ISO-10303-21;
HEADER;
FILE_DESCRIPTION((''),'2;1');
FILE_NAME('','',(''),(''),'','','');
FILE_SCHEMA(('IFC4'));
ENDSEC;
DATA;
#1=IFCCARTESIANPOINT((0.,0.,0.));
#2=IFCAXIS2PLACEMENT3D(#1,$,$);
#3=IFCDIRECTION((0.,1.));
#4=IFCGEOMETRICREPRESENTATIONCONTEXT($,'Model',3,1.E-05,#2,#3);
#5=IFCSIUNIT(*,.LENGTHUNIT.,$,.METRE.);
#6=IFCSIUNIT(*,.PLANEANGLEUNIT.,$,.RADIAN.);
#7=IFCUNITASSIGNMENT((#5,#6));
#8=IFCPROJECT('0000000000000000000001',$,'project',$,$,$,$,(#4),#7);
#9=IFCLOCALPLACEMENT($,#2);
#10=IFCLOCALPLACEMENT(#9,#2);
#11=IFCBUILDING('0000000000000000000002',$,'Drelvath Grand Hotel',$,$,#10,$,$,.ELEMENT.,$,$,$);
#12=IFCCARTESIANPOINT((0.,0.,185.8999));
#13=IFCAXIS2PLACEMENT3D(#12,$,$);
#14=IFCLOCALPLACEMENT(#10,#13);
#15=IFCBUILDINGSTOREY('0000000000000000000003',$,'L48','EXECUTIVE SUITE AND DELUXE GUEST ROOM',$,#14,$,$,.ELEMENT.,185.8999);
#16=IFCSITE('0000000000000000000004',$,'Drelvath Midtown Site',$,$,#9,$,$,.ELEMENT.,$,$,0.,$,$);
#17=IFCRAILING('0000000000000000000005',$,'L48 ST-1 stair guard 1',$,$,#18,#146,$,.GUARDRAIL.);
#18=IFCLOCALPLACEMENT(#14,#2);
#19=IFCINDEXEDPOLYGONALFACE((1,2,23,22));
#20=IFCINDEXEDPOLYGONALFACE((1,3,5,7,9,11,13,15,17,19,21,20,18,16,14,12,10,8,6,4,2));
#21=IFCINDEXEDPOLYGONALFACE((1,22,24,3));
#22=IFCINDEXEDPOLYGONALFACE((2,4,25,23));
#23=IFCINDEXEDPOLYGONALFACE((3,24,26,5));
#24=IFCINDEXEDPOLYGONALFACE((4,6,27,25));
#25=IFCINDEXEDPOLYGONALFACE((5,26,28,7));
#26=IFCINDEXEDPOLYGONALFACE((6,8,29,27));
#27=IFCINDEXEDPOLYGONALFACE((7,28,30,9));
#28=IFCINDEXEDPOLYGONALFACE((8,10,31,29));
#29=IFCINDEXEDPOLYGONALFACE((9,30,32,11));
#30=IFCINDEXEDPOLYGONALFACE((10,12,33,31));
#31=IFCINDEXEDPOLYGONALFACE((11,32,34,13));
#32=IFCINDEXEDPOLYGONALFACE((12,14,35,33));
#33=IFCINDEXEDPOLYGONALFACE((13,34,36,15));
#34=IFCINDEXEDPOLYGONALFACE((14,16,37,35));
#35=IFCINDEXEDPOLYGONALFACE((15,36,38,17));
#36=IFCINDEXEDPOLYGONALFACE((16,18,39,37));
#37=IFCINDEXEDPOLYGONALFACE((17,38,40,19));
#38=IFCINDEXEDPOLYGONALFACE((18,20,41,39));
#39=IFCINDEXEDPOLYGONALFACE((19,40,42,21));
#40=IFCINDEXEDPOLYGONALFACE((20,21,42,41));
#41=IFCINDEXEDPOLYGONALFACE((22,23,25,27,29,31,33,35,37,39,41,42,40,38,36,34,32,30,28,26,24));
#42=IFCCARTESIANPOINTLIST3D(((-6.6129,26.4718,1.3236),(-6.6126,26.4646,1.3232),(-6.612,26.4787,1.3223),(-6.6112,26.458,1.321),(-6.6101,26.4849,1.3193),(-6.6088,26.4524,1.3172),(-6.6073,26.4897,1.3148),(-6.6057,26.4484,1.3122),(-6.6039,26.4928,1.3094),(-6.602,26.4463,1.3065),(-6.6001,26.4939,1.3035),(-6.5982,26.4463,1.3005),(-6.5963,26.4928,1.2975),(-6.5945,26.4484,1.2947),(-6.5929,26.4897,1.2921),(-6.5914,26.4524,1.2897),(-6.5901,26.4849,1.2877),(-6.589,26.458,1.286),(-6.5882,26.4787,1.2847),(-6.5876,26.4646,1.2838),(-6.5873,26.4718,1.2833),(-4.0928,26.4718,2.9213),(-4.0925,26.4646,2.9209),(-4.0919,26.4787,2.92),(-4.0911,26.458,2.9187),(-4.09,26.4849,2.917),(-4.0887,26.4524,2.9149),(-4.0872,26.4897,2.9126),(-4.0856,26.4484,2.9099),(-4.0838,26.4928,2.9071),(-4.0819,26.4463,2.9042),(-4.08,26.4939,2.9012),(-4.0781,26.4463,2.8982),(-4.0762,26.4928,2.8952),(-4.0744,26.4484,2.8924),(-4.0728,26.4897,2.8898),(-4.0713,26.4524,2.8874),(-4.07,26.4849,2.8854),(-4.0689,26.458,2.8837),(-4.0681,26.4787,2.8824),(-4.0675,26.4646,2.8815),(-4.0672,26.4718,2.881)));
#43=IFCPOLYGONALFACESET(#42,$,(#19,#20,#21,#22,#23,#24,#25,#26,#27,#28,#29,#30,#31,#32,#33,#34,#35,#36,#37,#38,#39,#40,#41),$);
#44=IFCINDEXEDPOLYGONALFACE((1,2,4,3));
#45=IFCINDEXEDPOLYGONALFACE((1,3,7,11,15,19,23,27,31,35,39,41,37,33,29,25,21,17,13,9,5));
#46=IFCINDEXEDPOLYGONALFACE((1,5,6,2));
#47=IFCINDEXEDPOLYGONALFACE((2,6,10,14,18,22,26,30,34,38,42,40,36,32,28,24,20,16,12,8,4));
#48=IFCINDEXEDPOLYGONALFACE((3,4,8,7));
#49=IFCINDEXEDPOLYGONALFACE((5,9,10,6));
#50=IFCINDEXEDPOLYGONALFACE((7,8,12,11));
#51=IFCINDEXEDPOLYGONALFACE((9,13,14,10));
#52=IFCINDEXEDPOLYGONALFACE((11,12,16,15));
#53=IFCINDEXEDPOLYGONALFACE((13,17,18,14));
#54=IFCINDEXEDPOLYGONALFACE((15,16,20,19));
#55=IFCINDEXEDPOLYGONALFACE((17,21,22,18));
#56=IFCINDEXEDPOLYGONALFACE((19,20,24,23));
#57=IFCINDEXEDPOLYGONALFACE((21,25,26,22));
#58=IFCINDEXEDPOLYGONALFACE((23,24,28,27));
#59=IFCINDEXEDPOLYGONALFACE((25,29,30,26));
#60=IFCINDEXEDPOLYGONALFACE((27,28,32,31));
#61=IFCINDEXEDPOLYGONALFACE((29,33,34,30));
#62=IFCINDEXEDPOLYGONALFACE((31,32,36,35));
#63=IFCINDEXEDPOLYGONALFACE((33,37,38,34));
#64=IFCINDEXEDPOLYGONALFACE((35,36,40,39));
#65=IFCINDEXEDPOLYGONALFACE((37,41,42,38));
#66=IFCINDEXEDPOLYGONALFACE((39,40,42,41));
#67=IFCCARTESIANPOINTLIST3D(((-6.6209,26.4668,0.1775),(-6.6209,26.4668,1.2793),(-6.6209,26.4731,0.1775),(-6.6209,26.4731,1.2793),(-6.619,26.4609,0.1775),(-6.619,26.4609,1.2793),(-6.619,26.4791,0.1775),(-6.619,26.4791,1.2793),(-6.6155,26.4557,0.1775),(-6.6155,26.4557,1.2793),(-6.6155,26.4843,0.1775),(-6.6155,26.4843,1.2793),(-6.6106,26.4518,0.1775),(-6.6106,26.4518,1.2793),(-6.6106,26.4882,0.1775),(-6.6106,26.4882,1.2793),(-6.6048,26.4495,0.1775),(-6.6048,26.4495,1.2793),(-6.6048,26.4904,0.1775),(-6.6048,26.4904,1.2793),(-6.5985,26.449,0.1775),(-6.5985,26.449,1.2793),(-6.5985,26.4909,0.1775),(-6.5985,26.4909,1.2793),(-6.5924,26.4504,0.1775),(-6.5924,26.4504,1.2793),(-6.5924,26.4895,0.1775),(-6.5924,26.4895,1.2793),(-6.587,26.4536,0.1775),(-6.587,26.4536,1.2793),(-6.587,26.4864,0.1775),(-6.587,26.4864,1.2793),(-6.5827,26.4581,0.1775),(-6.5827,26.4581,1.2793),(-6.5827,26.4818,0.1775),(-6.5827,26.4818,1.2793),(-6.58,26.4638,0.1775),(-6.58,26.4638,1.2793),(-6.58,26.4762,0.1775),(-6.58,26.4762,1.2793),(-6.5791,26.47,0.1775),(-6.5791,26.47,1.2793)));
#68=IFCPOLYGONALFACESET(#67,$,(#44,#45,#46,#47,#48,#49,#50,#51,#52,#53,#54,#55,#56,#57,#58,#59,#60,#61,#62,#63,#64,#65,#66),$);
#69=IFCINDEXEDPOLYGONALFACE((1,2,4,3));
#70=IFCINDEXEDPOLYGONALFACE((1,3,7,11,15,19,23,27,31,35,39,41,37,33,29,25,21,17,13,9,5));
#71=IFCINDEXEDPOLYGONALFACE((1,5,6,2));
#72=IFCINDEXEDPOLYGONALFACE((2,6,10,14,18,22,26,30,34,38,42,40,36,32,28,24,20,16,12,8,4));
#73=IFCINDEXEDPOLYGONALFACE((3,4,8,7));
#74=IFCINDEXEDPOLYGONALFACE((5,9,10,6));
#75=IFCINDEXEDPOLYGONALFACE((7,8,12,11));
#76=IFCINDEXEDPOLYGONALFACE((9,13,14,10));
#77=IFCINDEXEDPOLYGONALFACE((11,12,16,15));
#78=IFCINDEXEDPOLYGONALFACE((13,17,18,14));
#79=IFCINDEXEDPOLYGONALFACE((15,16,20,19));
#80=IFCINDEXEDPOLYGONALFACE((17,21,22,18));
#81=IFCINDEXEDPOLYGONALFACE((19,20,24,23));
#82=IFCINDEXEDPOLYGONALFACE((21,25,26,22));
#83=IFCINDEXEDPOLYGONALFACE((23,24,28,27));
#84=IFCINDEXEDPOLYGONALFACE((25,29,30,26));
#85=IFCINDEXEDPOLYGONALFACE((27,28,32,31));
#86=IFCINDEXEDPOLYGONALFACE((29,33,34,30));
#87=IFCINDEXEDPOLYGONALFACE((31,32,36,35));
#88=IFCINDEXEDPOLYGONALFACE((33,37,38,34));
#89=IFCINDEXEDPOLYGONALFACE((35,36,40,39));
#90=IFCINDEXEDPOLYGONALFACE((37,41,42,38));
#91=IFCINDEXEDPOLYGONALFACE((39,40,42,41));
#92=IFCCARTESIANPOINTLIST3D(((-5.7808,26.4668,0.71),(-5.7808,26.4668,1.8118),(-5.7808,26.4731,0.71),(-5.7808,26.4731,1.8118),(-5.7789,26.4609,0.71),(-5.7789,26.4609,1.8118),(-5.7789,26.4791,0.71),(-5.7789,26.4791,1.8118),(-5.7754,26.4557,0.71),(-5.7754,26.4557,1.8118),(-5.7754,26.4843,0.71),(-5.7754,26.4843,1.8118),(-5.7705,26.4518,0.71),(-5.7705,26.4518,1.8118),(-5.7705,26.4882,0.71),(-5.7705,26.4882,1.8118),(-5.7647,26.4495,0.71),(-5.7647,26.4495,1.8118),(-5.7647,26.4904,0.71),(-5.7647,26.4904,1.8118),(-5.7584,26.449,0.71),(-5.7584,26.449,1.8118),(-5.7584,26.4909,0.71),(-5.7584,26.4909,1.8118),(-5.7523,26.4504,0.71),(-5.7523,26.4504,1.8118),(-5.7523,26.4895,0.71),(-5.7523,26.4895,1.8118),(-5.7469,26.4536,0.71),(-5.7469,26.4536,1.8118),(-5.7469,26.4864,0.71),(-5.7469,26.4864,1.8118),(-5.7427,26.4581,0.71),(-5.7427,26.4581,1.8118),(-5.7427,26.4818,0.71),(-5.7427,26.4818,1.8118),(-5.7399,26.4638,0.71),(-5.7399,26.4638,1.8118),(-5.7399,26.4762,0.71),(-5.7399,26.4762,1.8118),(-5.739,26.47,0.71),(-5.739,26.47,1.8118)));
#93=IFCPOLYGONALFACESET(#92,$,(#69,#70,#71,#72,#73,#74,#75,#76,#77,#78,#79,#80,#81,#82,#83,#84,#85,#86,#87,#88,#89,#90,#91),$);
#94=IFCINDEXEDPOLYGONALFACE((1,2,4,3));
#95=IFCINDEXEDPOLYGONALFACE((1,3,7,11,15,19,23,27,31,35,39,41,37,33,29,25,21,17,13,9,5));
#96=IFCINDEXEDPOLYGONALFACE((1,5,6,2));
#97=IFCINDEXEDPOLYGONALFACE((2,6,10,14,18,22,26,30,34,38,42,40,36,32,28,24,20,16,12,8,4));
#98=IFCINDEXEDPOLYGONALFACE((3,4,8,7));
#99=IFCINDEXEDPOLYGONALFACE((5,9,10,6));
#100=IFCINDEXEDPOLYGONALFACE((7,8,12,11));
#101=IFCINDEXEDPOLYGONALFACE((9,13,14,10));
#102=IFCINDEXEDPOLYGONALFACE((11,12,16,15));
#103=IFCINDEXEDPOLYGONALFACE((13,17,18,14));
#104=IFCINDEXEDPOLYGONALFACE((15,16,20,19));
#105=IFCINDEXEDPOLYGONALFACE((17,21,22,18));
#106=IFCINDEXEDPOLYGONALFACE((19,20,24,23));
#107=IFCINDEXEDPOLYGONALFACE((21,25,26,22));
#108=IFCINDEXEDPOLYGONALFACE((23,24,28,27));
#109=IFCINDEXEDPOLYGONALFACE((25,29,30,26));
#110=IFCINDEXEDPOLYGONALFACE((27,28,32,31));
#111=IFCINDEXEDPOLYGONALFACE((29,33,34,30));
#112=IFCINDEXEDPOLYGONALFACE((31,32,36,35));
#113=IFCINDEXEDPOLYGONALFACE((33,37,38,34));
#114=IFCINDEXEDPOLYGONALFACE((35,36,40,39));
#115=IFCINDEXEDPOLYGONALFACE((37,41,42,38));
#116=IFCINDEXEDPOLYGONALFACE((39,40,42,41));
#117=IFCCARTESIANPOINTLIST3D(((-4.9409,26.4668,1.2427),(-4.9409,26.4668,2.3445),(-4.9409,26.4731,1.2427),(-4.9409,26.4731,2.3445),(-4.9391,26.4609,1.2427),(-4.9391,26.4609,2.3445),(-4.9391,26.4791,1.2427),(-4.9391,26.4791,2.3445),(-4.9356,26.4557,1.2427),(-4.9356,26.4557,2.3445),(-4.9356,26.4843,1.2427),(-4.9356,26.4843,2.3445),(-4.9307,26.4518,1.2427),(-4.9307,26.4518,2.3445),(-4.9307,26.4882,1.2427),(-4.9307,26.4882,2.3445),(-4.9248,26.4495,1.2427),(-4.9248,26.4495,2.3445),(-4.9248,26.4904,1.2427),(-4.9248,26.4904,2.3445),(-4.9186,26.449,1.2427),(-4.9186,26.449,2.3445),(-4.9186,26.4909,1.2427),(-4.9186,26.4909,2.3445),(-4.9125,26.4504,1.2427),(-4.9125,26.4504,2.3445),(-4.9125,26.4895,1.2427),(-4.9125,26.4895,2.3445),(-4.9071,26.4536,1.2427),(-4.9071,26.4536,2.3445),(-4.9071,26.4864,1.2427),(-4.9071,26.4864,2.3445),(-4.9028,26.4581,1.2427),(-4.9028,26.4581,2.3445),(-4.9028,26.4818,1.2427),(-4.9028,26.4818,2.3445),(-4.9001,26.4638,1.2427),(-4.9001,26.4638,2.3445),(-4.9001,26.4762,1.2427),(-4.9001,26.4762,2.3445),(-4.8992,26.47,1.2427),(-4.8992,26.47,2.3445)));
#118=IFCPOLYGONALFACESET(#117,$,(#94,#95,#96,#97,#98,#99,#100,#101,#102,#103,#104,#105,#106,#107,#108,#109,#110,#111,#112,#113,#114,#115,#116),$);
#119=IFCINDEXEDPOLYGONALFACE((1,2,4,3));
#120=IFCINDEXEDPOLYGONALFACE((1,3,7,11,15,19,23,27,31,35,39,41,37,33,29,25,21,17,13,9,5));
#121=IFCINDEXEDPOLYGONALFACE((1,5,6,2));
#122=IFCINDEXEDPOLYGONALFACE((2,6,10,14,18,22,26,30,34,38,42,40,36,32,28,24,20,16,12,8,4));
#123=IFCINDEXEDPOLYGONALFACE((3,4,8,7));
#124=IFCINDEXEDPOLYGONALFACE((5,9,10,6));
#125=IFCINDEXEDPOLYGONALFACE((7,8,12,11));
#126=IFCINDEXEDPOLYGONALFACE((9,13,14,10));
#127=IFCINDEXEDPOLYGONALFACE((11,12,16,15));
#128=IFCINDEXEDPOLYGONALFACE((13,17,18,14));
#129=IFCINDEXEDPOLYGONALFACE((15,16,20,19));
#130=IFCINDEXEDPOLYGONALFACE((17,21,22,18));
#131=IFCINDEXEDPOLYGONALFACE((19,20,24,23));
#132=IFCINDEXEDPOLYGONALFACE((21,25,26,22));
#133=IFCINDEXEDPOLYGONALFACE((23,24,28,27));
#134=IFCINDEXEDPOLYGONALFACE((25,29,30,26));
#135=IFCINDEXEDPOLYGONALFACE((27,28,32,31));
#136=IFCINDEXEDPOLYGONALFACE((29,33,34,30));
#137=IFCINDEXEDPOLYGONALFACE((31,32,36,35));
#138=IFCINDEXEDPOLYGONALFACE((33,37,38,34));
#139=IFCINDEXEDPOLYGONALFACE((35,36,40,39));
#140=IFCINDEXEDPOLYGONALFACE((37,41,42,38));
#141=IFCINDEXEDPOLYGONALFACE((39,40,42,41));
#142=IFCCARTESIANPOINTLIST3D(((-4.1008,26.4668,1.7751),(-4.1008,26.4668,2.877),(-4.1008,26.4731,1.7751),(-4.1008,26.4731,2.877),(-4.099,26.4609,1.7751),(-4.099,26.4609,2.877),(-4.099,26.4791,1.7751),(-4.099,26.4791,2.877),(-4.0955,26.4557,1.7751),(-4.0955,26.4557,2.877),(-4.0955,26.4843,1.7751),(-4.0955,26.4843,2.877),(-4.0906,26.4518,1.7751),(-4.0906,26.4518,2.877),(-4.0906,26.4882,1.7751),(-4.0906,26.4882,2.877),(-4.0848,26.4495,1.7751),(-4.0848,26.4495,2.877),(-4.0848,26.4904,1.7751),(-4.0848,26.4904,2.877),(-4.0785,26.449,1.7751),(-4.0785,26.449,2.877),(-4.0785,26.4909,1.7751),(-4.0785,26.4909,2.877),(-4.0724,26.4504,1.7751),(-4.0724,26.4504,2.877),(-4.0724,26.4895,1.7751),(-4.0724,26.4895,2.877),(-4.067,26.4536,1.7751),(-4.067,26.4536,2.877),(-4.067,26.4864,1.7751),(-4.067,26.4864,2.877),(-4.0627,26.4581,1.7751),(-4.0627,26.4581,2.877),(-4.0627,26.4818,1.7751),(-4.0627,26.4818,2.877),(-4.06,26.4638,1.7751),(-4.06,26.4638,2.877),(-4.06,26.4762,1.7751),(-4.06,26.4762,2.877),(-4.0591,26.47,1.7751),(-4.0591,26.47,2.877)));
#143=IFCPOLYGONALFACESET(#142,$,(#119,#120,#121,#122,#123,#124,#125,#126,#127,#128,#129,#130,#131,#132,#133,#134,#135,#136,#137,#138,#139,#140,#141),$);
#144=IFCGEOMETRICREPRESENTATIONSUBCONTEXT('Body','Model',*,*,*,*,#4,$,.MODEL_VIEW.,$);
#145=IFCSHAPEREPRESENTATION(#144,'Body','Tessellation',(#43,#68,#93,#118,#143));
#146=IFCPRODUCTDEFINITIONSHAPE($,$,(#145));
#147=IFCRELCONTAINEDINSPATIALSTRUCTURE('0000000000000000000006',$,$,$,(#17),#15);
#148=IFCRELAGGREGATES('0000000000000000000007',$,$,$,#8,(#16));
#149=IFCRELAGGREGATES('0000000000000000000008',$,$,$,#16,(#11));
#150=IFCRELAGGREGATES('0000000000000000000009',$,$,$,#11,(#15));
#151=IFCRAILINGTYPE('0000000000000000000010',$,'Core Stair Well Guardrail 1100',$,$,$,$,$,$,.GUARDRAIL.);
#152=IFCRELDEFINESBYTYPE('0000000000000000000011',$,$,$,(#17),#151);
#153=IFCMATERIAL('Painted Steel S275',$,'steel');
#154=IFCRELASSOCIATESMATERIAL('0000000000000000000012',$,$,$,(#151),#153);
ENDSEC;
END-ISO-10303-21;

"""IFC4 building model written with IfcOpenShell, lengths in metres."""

from ifc_helpers import new_model, si_unit, direction, frame, origin, origin_2d, place, context, subcontext, project, spatial, circle, extrude, material, type_object, element, save


model = new_model("IFC4")

# Units and contexts
model_context = context("Model", 3, precision=1e-05, world=origin(), true_north=direction((0.0, 1.0)))
body_context = subcontext(model_context, "Body", "Model", "MODEL_VIEW")
ifc_project = project(units=[si_unit("LENGTHUNIT", "METRE"), si_unit("PLANEANGLEUNIT", "RADIAN")], contexts=[model_context])

# Site, building, storey
site_placement = place(None, origin())
site = spatial("IfcSite", under=ifc_project, at=site_placement, Name="Drelvath Midtown Site", CompositionType="ELEMENT", RefElevation=0.0)
building_placement = place(site_placement, origin())
building = spatial("IfcBuilding", under=site, at=building_placement, Name="Drelvath Grand Hotel", CompositionType="ELEMENT")
storey_placement = place(building_placement, frame((0.0, 0.0, 185.8999)))
storey = spatial("IfcBuildingStorey", under=building, at=storey_placement, Name="L48", Description="EXECUTIVE SUITE AND DELUXE GUEST ROOM", CompositionType="ELEMENT", Elevation=185.8999)

# Shared definitions
ifc_material_1 = material(Name="Painted Steel S275", Category="steel")

# Railing
railing_type_1 = type_object("IfcRailingType", Name="Core Stair Well Guardrail 1100", PredefinedType="GUARDRAIL", material=ifc_material_1)
railing_1_placement = place(storey_placement, frame((-6.6001, 26.47, 0.1775)))
element("IfcRailing", 1, at=railing_1_placement, inside=storey, type_object=railing_type_1, Name="L48 ST-1 stair guard 1", PredefinedType="GUARDRAIL", context=body_context, shape_type="SweptSolid", body=[
    extrude(circle(Radius=0.0239, at=origin_2d()), frame((0.0, 0.0, 1.126), z_axis=(0.84457, 0.0, 0.535445), x_axis=(0.0, 1.0, 0.0)), (0.0, 0.0, 1.0), 2.9839),
    extrude(circle(Radius=0.021, at=origin_2d()), origin(), (0.0, 0.0, 1.0), 1.1018),
    extrude(circle(Radius=0.021, at=origin_2d()), frame((0.8401, 0.0, 0.5325)), (0.0, 0.0, 1.0), 1.1018),
    extrude(circle(Radius=0.021, at=origin_2d()), frame((1.6799, 0.0, 1.0652)), (0.0, 0.0, 1.0), 1.1018),
    extrude(circle(Radius=0.021, at=origin_2d()), frame((2.52, 0.0, 1.5977)), (0.0, 0.0, 1.0), 1.1018),
])

save(model, "model.ifc")
